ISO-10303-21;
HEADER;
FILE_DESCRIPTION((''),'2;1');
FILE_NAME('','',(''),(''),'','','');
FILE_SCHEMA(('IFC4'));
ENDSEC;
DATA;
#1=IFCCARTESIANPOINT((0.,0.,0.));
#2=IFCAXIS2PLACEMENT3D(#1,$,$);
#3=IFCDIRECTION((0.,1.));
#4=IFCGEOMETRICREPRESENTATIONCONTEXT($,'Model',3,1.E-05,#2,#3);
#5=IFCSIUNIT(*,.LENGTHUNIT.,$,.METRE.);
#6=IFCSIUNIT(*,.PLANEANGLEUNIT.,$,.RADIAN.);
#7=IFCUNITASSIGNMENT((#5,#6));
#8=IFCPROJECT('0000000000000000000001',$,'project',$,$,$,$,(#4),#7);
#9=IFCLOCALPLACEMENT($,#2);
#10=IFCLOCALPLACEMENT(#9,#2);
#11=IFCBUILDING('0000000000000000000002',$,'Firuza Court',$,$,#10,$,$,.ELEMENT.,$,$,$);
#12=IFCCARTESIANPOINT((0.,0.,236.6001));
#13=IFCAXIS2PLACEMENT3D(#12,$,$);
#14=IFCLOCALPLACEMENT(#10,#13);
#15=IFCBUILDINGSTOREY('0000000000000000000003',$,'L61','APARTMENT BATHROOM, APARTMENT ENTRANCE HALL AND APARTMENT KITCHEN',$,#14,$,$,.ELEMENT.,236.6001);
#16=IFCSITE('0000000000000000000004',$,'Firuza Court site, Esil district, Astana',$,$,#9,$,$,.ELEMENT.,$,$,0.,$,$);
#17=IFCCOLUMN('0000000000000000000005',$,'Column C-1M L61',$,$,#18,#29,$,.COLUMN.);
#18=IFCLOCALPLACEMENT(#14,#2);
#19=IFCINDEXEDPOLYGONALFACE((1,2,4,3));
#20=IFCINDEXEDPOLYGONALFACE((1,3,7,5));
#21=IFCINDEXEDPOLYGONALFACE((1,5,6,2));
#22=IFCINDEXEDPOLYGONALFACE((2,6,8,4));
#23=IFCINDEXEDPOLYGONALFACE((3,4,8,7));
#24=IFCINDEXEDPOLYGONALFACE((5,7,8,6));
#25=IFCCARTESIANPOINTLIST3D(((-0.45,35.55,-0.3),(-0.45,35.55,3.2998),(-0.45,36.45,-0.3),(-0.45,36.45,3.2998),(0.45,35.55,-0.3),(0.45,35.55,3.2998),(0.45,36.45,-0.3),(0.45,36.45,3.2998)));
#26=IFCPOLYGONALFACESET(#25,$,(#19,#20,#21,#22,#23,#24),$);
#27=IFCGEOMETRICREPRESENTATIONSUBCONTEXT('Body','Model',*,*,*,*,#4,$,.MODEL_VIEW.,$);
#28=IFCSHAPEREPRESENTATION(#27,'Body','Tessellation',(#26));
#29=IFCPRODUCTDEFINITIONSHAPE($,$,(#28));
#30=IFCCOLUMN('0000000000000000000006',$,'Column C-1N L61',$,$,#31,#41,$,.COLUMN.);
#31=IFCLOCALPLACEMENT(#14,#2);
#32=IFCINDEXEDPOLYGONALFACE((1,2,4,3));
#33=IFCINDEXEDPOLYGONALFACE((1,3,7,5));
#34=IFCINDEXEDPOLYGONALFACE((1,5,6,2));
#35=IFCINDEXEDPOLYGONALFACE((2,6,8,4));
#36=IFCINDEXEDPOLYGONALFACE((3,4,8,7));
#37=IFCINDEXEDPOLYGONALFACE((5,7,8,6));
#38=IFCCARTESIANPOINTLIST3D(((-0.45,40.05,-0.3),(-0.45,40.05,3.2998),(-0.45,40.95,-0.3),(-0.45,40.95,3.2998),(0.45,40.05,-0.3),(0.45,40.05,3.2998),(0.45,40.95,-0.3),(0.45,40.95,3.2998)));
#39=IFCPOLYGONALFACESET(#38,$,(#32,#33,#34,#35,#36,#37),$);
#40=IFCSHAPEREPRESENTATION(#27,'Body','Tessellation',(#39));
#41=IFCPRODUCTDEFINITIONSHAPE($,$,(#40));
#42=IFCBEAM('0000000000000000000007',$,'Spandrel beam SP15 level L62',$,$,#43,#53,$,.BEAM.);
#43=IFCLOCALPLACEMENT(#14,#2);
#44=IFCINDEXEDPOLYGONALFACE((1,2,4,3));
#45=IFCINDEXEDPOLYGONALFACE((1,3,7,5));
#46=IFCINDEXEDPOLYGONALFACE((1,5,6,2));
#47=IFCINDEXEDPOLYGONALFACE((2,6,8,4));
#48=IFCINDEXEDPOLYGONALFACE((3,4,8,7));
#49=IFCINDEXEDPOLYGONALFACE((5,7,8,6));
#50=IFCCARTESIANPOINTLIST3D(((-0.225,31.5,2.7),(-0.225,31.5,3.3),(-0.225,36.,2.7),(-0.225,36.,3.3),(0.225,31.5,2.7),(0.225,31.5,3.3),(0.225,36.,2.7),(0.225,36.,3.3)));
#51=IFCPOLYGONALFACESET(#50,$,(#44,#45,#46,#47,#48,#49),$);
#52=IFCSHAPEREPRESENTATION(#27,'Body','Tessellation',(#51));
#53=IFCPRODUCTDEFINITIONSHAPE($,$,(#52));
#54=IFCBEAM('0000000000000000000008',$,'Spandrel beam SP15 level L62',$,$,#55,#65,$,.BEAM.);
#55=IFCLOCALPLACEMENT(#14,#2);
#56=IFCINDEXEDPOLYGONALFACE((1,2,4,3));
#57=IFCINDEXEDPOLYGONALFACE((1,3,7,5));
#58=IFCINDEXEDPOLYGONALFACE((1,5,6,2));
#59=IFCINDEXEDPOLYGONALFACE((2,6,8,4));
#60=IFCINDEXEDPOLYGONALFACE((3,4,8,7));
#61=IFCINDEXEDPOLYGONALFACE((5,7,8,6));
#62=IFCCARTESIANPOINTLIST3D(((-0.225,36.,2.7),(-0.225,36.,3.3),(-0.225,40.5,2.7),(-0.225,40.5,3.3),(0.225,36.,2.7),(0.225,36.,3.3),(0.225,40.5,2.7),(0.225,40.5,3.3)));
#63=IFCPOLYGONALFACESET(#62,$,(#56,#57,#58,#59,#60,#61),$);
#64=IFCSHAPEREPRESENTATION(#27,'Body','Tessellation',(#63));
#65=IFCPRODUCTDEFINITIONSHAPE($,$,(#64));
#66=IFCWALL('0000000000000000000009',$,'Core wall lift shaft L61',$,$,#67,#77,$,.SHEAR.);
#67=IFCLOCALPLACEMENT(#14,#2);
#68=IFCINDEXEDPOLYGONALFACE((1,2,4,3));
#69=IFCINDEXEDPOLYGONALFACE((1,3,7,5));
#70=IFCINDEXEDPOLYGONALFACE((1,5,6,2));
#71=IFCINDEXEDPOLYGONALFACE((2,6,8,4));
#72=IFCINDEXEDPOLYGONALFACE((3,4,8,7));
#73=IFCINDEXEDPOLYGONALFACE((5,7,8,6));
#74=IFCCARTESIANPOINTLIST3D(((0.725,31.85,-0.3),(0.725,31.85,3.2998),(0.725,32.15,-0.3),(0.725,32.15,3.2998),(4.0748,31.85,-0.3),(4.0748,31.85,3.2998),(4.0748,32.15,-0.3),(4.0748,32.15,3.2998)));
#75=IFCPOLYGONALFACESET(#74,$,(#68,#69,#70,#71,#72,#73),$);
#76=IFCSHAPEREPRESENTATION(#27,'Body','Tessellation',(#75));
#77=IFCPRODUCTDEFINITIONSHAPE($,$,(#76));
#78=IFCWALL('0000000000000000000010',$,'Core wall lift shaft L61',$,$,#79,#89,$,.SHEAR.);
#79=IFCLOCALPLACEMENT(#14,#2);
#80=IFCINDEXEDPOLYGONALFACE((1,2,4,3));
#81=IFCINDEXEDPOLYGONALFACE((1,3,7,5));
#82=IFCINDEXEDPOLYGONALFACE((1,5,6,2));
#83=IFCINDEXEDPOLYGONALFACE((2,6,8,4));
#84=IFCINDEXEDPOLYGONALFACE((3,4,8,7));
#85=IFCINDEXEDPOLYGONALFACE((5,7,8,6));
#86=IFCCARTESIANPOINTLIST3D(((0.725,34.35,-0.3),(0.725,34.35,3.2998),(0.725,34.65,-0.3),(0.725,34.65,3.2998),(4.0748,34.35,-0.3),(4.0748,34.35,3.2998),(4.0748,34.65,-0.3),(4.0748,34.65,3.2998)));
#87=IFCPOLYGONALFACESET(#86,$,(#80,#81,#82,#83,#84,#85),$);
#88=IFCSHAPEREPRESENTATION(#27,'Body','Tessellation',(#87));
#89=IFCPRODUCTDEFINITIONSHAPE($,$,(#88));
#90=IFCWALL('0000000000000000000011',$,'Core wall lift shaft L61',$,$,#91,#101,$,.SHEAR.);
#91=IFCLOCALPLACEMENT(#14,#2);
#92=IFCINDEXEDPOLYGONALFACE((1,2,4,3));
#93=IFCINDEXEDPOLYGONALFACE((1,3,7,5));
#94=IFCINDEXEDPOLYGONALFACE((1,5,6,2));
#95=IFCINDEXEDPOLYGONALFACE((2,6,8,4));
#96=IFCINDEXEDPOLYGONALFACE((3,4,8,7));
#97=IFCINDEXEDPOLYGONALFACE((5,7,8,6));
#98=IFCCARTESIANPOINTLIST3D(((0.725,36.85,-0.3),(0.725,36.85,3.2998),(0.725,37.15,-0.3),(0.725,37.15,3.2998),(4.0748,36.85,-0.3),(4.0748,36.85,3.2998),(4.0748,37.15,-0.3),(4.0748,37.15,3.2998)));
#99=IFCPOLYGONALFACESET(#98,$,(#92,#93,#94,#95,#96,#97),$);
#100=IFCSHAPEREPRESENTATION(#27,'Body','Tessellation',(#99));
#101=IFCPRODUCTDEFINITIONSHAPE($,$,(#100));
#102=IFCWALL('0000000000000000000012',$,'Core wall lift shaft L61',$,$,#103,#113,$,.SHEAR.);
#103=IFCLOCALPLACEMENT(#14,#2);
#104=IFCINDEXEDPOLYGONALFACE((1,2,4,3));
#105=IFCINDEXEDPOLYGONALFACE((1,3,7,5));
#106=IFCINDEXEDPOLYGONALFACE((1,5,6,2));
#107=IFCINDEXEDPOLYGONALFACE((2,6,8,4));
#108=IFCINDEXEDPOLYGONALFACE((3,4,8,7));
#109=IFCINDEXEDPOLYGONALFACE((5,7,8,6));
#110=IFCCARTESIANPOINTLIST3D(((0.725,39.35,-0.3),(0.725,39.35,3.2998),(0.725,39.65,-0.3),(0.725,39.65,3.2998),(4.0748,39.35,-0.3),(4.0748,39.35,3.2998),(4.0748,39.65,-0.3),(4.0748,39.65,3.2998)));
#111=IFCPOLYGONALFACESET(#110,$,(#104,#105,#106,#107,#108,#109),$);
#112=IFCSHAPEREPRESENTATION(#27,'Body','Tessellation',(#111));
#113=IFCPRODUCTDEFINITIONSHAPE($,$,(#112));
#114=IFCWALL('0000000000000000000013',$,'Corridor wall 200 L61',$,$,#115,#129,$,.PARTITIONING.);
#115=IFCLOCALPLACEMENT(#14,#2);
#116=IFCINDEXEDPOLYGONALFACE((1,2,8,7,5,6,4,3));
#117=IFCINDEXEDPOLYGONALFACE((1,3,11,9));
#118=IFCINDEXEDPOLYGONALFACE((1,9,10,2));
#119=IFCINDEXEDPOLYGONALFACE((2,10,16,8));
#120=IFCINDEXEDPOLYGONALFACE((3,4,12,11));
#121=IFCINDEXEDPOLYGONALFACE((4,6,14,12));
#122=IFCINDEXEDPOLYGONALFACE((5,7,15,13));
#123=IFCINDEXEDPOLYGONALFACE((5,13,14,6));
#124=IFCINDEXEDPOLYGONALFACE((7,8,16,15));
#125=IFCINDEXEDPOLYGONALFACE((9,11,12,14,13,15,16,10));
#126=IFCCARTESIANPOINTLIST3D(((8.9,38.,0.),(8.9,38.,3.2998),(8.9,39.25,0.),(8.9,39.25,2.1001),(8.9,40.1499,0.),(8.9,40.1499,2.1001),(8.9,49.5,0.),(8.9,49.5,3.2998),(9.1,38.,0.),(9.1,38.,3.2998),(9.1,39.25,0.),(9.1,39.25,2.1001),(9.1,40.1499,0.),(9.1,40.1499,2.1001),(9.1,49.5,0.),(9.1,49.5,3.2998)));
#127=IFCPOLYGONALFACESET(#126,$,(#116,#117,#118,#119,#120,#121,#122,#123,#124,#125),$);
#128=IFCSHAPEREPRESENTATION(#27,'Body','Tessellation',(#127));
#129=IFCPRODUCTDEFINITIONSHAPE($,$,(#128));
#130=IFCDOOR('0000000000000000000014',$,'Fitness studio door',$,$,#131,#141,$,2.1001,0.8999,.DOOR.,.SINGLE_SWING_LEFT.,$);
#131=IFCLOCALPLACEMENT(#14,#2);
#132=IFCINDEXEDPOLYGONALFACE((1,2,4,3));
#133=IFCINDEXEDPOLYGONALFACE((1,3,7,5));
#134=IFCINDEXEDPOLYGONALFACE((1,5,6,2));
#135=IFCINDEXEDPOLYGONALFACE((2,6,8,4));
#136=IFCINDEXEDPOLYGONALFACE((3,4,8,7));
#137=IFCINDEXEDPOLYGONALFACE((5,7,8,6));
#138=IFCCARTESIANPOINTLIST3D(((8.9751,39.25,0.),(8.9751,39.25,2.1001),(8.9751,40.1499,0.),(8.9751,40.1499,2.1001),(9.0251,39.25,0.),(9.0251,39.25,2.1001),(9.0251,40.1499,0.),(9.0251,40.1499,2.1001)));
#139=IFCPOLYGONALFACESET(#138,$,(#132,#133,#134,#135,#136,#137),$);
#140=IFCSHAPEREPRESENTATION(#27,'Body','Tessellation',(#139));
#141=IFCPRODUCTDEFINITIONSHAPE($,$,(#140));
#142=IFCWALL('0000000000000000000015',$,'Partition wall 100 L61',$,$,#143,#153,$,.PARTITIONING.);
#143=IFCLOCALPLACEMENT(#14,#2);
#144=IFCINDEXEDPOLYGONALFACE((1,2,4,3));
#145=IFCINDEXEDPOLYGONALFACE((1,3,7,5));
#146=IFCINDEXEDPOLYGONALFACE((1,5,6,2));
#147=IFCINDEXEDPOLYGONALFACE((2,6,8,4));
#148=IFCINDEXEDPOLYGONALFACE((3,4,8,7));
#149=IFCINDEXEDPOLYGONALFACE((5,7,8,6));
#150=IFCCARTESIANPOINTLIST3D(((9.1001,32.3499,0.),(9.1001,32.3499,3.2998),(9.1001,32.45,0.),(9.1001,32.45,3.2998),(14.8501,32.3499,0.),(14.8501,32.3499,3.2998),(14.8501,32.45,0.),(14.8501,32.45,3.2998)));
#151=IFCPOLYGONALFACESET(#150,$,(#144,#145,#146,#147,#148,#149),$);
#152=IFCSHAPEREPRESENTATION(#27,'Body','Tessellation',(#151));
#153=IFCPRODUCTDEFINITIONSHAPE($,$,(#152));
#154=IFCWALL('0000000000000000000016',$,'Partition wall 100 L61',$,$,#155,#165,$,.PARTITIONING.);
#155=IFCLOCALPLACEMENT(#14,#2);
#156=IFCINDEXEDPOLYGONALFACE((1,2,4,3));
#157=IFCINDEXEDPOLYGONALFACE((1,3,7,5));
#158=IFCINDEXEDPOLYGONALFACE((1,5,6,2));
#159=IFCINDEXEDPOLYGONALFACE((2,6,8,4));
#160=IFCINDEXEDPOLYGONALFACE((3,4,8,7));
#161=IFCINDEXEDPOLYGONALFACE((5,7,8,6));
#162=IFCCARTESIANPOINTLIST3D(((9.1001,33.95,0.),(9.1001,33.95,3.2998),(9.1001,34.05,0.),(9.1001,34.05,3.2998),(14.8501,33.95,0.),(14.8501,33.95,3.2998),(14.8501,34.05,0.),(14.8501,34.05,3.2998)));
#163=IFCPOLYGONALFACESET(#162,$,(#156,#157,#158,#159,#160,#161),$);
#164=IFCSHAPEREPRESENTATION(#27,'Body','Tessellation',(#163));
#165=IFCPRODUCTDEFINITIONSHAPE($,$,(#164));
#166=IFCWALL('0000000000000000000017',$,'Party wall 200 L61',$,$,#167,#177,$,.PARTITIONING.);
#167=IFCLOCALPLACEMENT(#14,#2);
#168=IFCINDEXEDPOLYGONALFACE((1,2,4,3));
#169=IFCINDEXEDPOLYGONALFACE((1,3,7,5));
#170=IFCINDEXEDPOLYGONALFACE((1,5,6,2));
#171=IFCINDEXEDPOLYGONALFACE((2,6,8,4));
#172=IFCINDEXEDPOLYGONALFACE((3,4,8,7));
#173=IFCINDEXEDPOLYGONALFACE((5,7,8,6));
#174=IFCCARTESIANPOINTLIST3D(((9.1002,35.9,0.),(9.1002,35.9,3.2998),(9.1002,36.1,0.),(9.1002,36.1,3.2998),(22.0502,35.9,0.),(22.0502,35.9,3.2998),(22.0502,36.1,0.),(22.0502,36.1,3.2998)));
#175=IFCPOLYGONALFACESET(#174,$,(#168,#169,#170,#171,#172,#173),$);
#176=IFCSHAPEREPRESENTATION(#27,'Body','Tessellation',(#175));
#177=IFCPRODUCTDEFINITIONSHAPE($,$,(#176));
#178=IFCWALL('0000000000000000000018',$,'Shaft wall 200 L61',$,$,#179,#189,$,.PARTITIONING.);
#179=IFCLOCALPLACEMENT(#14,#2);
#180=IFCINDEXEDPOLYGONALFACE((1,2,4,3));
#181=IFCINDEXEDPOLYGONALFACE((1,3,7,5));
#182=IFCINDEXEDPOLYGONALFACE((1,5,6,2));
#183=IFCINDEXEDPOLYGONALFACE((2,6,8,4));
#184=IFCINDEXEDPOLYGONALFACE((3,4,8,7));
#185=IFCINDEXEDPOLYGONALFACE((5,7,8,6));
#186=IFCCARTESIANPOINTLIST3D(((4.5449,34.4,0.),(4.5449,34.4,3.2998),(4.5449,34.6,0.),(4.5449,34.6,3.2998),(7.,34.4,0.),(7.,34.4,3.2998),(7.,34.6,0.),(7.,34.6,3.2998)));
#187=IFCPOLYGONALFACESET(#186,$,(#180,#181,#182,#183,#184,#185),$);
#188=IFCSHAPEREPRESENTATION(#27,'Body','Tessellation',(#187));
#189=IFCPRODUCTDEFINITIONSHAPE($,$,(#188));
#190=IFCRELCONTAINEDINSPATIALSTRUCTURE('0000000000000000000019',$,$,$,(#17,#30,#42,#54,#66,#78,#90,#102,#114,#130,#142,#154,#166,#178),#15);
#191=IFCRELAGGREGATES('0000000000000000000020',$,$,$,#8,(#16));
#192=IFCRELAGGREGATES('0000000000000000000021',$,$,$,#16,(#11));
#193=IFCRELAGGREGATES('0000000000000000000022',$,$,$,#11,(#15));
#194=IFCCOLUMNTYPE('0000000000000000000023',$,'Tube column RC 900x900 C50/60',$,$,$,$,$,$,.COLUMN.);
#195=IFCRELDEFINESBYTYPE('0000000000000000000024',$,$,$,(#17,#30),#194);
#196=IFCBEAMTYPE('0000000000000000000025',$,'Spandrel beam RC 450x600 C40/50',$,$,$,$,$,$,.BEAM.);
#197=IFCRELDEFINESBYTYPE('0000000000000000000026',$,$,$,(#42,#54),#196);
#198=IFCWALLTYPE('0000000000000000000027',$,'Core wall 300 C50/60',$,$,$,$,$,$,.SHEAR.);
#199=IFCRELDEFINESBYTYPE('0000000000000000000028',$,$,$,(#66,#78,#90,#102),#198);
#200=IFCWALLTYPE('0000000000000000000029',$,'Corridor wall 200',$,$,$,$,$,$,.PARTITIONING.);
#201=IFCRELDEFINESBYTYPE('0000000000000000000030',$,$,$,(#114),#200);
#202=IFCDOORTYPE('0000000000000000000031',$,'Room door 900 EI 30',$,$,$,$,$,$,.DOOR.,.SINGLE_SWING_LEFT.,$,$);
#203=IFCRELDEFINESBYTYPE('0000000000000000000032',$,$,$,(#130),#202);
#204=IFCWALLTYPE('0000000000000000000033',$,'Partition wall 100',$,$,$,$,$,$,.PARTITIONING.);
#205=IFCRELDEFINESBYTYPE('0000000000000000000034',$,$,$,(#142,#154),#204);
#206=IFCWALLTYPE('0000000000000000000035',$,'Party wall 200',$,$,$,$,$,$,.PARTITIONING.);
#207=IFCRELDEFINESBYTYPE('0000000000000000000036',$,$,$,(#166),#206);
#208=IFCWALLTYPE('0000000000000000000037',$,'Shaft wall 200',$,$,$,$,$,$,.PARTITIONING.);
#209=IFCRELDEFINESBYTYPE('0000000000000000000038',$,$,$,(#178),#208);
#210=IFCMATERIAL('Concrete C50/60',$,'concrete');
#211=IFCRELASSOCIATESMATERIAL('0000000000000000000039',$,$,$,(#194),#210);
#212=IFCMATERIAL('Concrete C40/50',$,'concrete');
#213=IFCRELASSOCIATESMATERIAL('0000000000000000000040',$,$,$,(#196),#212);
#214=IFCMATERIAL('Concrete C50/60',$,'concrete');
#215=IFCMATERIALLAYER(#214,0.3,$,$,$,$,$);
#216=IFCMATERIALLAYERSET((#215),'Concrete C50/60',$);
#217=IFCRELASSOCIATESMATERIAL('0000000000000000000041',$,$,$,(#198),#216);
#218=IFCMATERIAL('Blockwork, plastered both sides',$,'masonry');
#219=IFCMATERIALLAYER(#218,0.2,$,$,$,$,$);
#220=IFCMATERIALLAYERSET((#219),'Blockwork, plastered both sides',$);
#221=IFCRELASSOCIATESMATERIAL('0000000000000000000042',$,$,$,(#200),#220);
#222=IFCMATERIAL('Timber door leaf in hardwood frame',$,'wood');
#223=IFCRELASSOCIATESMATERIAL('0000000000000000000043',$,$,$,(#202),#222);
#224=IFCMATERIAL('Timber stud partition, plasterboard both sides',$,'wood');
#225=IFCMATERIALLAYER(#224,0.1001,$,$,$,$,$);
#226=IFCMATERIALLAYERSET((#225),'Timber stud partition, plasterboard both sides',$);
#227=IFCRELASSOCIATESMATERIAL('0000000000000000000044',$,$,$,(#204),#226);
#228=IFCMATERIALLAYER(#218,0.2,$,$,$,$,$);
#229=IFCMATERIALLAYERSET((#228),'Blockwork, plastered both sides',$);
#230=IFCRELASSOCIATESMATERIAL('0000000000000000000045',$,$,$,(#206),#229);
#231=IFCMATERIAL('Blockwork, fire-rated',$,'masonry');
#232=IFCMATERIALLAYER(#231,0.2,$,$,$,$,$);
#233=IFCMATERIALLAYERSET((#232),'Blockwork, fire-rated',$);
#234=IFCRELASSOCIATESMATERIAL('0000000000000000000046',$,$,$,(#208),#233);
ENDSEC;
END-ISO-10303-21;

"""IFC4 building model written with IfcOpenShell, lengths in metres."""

from ifc_helpers import new_model, si_unit, direction, frame, frame_2d, origin, origin_2d, place, context, subcontext, project, spatial, rectangle, extrude, material, layer, layer_set, material_profile, profile_set, type_object, element, fill, save


model = new_model("IFC4")

# Units and contexts
model_context = context("Model", 3, precision=1e-05, world=origin(), true_north=direction((0.0, 1.0)))
body_context = subcontext(model_context, "Body", "Model", "MODEL_VIEW")
ifc_project = project(units=[si_unit("LENGTHUNIT", "METRE"), si_unit("PLANEANGLEUNIT", "RADIAN")], contexts=[model_context])

# Site, building, storey
site_placement = place(None, origin())
site = spatial("IfcSite", under=ifc_project, at=site_placement, Name="Firuza Court site, Esil district, Astana", CompositionType="ELEMENT", RefElevation=0.0)
building_placement = place(site_placement, origin())
building = spatial("IfcBuilding", under=site, at=building_placement, Name="Firuza Court", CompositionType="ELEMENT")
storey_placement = place(building_placement, frame((0.0, 0.0, 236.6001)))
storey = spatial("IfcBuildingStorey", under=building, at=storey_placement, Name="L61", Description="APARTMENT BATHROOM, APARTMENT ENTRANCE HALL AND APARTMENT KITCHEN", CompositionType="ELEMENT", Elevation=236.6001)

# Columns
ifc_material_1 = material(Name="Concrete C50/60", Category="concrete")
ifc_material_profile_1 = material_profile(ifc_material_1, rectangle(XDim=0.8999, YDim=0.8999, at=origin_2d()), Name="RC 900x900")
ifc_profile_set_1 = profile_set([ifc_material_profile_1], Name="Concrete C50/60")
column_type = type_object("IfcColumnType", Name="Tube column RC 900x900 C50/60", PredefinedType="COLUMN", material=ifc_profile_set_1)
for number, where, z_axis, x_axis, name in (
    (1, (0.0, 36.0, -0.3), (0.0, 0.0, 1.0), (1.0, 0.0, 0.0), "Column C-1M L61"),
    (2, (0.0, 40.5, -0.3), (0.0, 0.0, 1.0), (1.0, 0.0, 0.0), "Column C-1N L61"),
):
    element("IfcColumn", number, at=place(storey_placement, frame(where, z_axis=z_axis, x_axis=x_axis)), inside=storey, type_object=column_type, Name=name, PredefinedType="COLUMN", context=body_context, shape_type="SweptSolid", body=[
        extrude(rectangle(XDim=0.8999, YDim=0.8999, at=origin_2d()), origin(), (0.0, 0.0, 1.0), 3.5999),
    ])

# Beams
ifc_material_2 = material(Name="Concrete C40/50", Category="concrete")
ifc_material_profile_2 = material_profile(ifc_material_2, rectangle(XDim=0.45, YDim=0.6001, at=origin_2d()), Name="RC 450x600")
ifc_profile_set_2 = profile_set([ifc_material_profile_2], Name="Concrete C40/50")
beam_type = type_object("IfcBeamType", Name="Spandrel beam RC 450x600 C40/50", PredefinedType="BEAM", material=ifc_profile_set_2)
for number, where, z_axis, x_axis, name in (
    (3, (0.0, 36.0, 3.0), (0.0, -1.0, 0.0), (1.0, 0.0, 0.0), "Spandrel beam SP15 level L62"),
    (4, (0.0, 40.5, 3.0), (0.0, -1.0, 0.0), (1.0, 0.0, 0.0), "Spandrel beam SP15 level L62"),
):
    element("IfcBeam", number, at=place(storey_placement, frame(where, z_axis=z_axis, x_axis=x_axis)), inside=storey, type_object=beam_type, Name=name, PredefinedType="BEAM", context=body_context, shape_type="SweptSolid", body=[
        extrude(rectangle(XDim=0.45, YDim=0.6001, at=origin_2d()), origin(), (0.0, 0.0, 1.0), 4.5),
    ])

# Walls
ifc_material_3 = material(Name="Concrete C50/60", Category="concrete")
ifc_layer_1 = layer(ifc_material_3, 0.3)
ifc_layer_set_1 = layer_set([ifc_layer_1], Name="Concrete C50/60")
wall_type_1 = type_object("IfcWallType", Name="Core wall 300 C50/60", PredefinedType="SHEAR", material=ifc_layer_set_1)
for number, where, z_axis, x_axis, name in (
    (5, (0.7251, 32.0, -0.3), (0.0, 0.0, 1.0), (1.0, 0.0, 0.0), "Core wall lift shaft L61"),
    (6, (0.7251, 34.5, -0.3), (0.0, 0.0, 1.0), (1.0, 0.0, 0.0), "Core wall lift shaft L61"),
    (7, (0.7251, 37.0, -0.3), (0.0, 0.0, 1.0), (1.0, 0.0, 0.0), "Core wall lift shaft L61"),
    (8, (0.7251, 39.5, -0.3), (0.0, 0.0, 1.0), (1.0, 0.0, 0.0), "Core wall lift shaft L61"),
):
    element("IfcWall", number, at=place(storey_placement, frame(where, z_axis=z_axis, x_axis=x_axis)), inside=storey, type_object=wall_type_1, Name=name, PredefinedType="SHEAR", context=body_context, shape_type="SweptSolid", body=[
        extrude(rectangle(XDim=3.3499, YDim=0.3, at=frame_2d((1.6748, 0.0))), origin(), (0.0, 0.0, 1.0), 3.5999),
    ])

# Wall, opening, door
ifc_material_4 = material(Name="Blockwork, plastered both sides", Category="masonry")
ifc_layer_2 = layer(ifc_material_4, 0.2)
ifc_layer_set_2 = layer_set([ifc_layer_2], Name="Blockwork, plastered both sides")
wall_type_2 = type_object("IfcWallType", Name="Corridor wall 200", PredefinedType="PARTITIONING", material=ifc_layer_set_2)
wall_1_placement = place(storey_placement, frame((9.0, 38.0, 0.0), z_axis=(0.0, 0.0, 1.0), x_axis=(0.0, 1.0, 0.0)))
wall_1 = element("IfcWall", 9, at=wall_1_placement, inside=storey, type_object=wall_type_2, Name="Corridor wall 200 L61", PredefinedType="PARTITIONING", context=body_context, shape_type="SweptSolid", body=[
    extrude(rectangle(XDim=11.5, YDim=0.2, at=frame_2d((5.75, 0.0))), origin(), (0.0, 0.0, 1.0), 3.2998),
])
opening_1_placement = place(wall_1_placement, frame((1.25, 0.0, 0.0)))
opening_1 = element("IfcOpeningElement", 10, at=opening_1_placement, cuts=wall_1, PredefinedType="OPENING", context=body_context, shape_type="SweptSolid", body=[
    extrude(rectangle(XDim=0.8999, YDim=2.1001, at=frame_2d((0.45, 1.05))), frame((0.0, 0.1118, 0.0), z_axis=(0.0, -1.0, 0.0), x_axis=(1.0, 0.0, 0.0)), (0.0, 0.0, 1.0), 0.2239),
])
ifc_material_5 = material(Name="Timber door leaf in hardwood frame", Category="wood")
door_type_1 = type_object("IfcDoorType", Name="Room door 900 EI 30", OperationType="SINGLE_SWING_LEFT", PredefinedType="DOOR", material=ifc_material_5)
door_1_placement = place(opening_1_placement, origin())
door_1 = element("IfcDoor", 11, at=door_1_placement, inside=storey, type_object=door_type_1, Name="Fitness studio door", OperationType="SINGLE_SWING_LEFT", OverallHeight=2.1001, OverallWidth=0.8999, PredefinedType="DOOR", context=body_context, shape_type="SweptSolid", body=[
    extrude(rectangle(XDim=0.8999, YDim=2.1001, at=frame_2d((0.45, 1.05))), frame((0.0, 0.0249, 0.0), z_axis=(0.0, -1.0, 0.0), x_axis=(1.0, 0.0, 0.0)), (0.0, 0.0, 1.0), 0.05),
])
fill(opening_1, door_1)

# Walls
ifc_material_6 = material(Name="Timber stud partition, plasterboard both sides", Category="wood")
ifc_layer_3 = layer(ifc_material_6, 0.1001)
ifc_layer_set_3 = layer_set([ifc_layer_3], Name="Timber stud partition, plasterboard both sides")
wall_type_3 = type_object("IfcWallType", Name="Partition wall 100", PredefinedType="PARTITIONING", material=ifc_layer_set_3)
for number, where, z_axis, x_axis, name in (
    (12, (9.1001, 32.3999, 0.0), (0.0, 0.0, 1.0), (1.0, 0.0, 0.0), "Partition wall 100 L61"),
    (13, (9.1001, 34.0, 0.0), (0.0, 0.0, 1.0), (1.0, 0.0, 0.0), "Partition wall 100 L61"),
):
    element("IfcWall", number, at=place(storey_placement, frame(where, z_axis=z_axis, x_axis=x_axis)), inside=storey, type_object=wall_type_3, Name=name, PredefinedType="PARTITIONING", context=body_context, shape_type="SweptSolid", body=[
        extrude(rectangle(XDim=5.75, YDim=0.1001, at=frame_2d((2.875, 0.0))), origin(), (0.0, 0.0, 1.0), 3.2998),
    ])
ifc_layer_4 = layer(ifc_material_4, 0.2)
ifc_layer_set_4 = layer_set([ifc_layer_4], Name="Blockwork, plastered both sides")
wall_type_4 = type_object("IfcWallType", Name="Party wall 200", PredefinedType="PARTITIONING", material=ifc_layer_set_4)
wall_2_placement = place(storey_placement, frame((9.1001, 36.0, 0.0), z_axis=(0.0, 0.0, 1.0), x_axis=(1.0, 0.0, 0.0)))
element("IfcWall", 14, at=wall_2_placement, inside=storey, type_object=wall_type_4, Name="Party wall 200 L61", PredefinedType="PARTITIONING", context=body_context, shape_type="SweptSolid", body=[
    extrude(rectangle(XDim=12.95, YDim=0.2, at=frame_2d((6.4751, 0.0))), origin(), (0.0, 0.0, 1.0), 3.2998),
])
ifc_material_7 = material(Name="Blockwork, fire-rated", Category="masonry")
ifc_layer_5 = layer(ifc_material_7, 0.2)
ifc_layer_set_5 = layer_set([ifc_layer_5], Name="Blockwork, fire-rated")
wall_type_5 = type_object("IfcWallType", Name="Shaft wall 200", PredefinedType="PARTITIONING", material=ifc_layer_set_5)
wall_3_placement = place(storey_placement, frame((4.5449, 34.5, 0.0), z_axis=(0.0, 0.0, 1.0), x_axis=(1.0, 0.0, 0.0)))
element("IfcWall", 15, at=wall_3_placement, inside=storey, type_object=wall_type_5, Name="Shaft wall 200 L61", PredefinedType="PARTITIONING", context=body_context, shape_type="SweptSolid", body=[
    extrude(rectangle(XDim=2.4551, YDim=0.2, at=frame_2d((1.2275, 0.0))), origin(), (0.0, 0.0, 1.0), 3.2998),
])

save(model, "model.ifc")
